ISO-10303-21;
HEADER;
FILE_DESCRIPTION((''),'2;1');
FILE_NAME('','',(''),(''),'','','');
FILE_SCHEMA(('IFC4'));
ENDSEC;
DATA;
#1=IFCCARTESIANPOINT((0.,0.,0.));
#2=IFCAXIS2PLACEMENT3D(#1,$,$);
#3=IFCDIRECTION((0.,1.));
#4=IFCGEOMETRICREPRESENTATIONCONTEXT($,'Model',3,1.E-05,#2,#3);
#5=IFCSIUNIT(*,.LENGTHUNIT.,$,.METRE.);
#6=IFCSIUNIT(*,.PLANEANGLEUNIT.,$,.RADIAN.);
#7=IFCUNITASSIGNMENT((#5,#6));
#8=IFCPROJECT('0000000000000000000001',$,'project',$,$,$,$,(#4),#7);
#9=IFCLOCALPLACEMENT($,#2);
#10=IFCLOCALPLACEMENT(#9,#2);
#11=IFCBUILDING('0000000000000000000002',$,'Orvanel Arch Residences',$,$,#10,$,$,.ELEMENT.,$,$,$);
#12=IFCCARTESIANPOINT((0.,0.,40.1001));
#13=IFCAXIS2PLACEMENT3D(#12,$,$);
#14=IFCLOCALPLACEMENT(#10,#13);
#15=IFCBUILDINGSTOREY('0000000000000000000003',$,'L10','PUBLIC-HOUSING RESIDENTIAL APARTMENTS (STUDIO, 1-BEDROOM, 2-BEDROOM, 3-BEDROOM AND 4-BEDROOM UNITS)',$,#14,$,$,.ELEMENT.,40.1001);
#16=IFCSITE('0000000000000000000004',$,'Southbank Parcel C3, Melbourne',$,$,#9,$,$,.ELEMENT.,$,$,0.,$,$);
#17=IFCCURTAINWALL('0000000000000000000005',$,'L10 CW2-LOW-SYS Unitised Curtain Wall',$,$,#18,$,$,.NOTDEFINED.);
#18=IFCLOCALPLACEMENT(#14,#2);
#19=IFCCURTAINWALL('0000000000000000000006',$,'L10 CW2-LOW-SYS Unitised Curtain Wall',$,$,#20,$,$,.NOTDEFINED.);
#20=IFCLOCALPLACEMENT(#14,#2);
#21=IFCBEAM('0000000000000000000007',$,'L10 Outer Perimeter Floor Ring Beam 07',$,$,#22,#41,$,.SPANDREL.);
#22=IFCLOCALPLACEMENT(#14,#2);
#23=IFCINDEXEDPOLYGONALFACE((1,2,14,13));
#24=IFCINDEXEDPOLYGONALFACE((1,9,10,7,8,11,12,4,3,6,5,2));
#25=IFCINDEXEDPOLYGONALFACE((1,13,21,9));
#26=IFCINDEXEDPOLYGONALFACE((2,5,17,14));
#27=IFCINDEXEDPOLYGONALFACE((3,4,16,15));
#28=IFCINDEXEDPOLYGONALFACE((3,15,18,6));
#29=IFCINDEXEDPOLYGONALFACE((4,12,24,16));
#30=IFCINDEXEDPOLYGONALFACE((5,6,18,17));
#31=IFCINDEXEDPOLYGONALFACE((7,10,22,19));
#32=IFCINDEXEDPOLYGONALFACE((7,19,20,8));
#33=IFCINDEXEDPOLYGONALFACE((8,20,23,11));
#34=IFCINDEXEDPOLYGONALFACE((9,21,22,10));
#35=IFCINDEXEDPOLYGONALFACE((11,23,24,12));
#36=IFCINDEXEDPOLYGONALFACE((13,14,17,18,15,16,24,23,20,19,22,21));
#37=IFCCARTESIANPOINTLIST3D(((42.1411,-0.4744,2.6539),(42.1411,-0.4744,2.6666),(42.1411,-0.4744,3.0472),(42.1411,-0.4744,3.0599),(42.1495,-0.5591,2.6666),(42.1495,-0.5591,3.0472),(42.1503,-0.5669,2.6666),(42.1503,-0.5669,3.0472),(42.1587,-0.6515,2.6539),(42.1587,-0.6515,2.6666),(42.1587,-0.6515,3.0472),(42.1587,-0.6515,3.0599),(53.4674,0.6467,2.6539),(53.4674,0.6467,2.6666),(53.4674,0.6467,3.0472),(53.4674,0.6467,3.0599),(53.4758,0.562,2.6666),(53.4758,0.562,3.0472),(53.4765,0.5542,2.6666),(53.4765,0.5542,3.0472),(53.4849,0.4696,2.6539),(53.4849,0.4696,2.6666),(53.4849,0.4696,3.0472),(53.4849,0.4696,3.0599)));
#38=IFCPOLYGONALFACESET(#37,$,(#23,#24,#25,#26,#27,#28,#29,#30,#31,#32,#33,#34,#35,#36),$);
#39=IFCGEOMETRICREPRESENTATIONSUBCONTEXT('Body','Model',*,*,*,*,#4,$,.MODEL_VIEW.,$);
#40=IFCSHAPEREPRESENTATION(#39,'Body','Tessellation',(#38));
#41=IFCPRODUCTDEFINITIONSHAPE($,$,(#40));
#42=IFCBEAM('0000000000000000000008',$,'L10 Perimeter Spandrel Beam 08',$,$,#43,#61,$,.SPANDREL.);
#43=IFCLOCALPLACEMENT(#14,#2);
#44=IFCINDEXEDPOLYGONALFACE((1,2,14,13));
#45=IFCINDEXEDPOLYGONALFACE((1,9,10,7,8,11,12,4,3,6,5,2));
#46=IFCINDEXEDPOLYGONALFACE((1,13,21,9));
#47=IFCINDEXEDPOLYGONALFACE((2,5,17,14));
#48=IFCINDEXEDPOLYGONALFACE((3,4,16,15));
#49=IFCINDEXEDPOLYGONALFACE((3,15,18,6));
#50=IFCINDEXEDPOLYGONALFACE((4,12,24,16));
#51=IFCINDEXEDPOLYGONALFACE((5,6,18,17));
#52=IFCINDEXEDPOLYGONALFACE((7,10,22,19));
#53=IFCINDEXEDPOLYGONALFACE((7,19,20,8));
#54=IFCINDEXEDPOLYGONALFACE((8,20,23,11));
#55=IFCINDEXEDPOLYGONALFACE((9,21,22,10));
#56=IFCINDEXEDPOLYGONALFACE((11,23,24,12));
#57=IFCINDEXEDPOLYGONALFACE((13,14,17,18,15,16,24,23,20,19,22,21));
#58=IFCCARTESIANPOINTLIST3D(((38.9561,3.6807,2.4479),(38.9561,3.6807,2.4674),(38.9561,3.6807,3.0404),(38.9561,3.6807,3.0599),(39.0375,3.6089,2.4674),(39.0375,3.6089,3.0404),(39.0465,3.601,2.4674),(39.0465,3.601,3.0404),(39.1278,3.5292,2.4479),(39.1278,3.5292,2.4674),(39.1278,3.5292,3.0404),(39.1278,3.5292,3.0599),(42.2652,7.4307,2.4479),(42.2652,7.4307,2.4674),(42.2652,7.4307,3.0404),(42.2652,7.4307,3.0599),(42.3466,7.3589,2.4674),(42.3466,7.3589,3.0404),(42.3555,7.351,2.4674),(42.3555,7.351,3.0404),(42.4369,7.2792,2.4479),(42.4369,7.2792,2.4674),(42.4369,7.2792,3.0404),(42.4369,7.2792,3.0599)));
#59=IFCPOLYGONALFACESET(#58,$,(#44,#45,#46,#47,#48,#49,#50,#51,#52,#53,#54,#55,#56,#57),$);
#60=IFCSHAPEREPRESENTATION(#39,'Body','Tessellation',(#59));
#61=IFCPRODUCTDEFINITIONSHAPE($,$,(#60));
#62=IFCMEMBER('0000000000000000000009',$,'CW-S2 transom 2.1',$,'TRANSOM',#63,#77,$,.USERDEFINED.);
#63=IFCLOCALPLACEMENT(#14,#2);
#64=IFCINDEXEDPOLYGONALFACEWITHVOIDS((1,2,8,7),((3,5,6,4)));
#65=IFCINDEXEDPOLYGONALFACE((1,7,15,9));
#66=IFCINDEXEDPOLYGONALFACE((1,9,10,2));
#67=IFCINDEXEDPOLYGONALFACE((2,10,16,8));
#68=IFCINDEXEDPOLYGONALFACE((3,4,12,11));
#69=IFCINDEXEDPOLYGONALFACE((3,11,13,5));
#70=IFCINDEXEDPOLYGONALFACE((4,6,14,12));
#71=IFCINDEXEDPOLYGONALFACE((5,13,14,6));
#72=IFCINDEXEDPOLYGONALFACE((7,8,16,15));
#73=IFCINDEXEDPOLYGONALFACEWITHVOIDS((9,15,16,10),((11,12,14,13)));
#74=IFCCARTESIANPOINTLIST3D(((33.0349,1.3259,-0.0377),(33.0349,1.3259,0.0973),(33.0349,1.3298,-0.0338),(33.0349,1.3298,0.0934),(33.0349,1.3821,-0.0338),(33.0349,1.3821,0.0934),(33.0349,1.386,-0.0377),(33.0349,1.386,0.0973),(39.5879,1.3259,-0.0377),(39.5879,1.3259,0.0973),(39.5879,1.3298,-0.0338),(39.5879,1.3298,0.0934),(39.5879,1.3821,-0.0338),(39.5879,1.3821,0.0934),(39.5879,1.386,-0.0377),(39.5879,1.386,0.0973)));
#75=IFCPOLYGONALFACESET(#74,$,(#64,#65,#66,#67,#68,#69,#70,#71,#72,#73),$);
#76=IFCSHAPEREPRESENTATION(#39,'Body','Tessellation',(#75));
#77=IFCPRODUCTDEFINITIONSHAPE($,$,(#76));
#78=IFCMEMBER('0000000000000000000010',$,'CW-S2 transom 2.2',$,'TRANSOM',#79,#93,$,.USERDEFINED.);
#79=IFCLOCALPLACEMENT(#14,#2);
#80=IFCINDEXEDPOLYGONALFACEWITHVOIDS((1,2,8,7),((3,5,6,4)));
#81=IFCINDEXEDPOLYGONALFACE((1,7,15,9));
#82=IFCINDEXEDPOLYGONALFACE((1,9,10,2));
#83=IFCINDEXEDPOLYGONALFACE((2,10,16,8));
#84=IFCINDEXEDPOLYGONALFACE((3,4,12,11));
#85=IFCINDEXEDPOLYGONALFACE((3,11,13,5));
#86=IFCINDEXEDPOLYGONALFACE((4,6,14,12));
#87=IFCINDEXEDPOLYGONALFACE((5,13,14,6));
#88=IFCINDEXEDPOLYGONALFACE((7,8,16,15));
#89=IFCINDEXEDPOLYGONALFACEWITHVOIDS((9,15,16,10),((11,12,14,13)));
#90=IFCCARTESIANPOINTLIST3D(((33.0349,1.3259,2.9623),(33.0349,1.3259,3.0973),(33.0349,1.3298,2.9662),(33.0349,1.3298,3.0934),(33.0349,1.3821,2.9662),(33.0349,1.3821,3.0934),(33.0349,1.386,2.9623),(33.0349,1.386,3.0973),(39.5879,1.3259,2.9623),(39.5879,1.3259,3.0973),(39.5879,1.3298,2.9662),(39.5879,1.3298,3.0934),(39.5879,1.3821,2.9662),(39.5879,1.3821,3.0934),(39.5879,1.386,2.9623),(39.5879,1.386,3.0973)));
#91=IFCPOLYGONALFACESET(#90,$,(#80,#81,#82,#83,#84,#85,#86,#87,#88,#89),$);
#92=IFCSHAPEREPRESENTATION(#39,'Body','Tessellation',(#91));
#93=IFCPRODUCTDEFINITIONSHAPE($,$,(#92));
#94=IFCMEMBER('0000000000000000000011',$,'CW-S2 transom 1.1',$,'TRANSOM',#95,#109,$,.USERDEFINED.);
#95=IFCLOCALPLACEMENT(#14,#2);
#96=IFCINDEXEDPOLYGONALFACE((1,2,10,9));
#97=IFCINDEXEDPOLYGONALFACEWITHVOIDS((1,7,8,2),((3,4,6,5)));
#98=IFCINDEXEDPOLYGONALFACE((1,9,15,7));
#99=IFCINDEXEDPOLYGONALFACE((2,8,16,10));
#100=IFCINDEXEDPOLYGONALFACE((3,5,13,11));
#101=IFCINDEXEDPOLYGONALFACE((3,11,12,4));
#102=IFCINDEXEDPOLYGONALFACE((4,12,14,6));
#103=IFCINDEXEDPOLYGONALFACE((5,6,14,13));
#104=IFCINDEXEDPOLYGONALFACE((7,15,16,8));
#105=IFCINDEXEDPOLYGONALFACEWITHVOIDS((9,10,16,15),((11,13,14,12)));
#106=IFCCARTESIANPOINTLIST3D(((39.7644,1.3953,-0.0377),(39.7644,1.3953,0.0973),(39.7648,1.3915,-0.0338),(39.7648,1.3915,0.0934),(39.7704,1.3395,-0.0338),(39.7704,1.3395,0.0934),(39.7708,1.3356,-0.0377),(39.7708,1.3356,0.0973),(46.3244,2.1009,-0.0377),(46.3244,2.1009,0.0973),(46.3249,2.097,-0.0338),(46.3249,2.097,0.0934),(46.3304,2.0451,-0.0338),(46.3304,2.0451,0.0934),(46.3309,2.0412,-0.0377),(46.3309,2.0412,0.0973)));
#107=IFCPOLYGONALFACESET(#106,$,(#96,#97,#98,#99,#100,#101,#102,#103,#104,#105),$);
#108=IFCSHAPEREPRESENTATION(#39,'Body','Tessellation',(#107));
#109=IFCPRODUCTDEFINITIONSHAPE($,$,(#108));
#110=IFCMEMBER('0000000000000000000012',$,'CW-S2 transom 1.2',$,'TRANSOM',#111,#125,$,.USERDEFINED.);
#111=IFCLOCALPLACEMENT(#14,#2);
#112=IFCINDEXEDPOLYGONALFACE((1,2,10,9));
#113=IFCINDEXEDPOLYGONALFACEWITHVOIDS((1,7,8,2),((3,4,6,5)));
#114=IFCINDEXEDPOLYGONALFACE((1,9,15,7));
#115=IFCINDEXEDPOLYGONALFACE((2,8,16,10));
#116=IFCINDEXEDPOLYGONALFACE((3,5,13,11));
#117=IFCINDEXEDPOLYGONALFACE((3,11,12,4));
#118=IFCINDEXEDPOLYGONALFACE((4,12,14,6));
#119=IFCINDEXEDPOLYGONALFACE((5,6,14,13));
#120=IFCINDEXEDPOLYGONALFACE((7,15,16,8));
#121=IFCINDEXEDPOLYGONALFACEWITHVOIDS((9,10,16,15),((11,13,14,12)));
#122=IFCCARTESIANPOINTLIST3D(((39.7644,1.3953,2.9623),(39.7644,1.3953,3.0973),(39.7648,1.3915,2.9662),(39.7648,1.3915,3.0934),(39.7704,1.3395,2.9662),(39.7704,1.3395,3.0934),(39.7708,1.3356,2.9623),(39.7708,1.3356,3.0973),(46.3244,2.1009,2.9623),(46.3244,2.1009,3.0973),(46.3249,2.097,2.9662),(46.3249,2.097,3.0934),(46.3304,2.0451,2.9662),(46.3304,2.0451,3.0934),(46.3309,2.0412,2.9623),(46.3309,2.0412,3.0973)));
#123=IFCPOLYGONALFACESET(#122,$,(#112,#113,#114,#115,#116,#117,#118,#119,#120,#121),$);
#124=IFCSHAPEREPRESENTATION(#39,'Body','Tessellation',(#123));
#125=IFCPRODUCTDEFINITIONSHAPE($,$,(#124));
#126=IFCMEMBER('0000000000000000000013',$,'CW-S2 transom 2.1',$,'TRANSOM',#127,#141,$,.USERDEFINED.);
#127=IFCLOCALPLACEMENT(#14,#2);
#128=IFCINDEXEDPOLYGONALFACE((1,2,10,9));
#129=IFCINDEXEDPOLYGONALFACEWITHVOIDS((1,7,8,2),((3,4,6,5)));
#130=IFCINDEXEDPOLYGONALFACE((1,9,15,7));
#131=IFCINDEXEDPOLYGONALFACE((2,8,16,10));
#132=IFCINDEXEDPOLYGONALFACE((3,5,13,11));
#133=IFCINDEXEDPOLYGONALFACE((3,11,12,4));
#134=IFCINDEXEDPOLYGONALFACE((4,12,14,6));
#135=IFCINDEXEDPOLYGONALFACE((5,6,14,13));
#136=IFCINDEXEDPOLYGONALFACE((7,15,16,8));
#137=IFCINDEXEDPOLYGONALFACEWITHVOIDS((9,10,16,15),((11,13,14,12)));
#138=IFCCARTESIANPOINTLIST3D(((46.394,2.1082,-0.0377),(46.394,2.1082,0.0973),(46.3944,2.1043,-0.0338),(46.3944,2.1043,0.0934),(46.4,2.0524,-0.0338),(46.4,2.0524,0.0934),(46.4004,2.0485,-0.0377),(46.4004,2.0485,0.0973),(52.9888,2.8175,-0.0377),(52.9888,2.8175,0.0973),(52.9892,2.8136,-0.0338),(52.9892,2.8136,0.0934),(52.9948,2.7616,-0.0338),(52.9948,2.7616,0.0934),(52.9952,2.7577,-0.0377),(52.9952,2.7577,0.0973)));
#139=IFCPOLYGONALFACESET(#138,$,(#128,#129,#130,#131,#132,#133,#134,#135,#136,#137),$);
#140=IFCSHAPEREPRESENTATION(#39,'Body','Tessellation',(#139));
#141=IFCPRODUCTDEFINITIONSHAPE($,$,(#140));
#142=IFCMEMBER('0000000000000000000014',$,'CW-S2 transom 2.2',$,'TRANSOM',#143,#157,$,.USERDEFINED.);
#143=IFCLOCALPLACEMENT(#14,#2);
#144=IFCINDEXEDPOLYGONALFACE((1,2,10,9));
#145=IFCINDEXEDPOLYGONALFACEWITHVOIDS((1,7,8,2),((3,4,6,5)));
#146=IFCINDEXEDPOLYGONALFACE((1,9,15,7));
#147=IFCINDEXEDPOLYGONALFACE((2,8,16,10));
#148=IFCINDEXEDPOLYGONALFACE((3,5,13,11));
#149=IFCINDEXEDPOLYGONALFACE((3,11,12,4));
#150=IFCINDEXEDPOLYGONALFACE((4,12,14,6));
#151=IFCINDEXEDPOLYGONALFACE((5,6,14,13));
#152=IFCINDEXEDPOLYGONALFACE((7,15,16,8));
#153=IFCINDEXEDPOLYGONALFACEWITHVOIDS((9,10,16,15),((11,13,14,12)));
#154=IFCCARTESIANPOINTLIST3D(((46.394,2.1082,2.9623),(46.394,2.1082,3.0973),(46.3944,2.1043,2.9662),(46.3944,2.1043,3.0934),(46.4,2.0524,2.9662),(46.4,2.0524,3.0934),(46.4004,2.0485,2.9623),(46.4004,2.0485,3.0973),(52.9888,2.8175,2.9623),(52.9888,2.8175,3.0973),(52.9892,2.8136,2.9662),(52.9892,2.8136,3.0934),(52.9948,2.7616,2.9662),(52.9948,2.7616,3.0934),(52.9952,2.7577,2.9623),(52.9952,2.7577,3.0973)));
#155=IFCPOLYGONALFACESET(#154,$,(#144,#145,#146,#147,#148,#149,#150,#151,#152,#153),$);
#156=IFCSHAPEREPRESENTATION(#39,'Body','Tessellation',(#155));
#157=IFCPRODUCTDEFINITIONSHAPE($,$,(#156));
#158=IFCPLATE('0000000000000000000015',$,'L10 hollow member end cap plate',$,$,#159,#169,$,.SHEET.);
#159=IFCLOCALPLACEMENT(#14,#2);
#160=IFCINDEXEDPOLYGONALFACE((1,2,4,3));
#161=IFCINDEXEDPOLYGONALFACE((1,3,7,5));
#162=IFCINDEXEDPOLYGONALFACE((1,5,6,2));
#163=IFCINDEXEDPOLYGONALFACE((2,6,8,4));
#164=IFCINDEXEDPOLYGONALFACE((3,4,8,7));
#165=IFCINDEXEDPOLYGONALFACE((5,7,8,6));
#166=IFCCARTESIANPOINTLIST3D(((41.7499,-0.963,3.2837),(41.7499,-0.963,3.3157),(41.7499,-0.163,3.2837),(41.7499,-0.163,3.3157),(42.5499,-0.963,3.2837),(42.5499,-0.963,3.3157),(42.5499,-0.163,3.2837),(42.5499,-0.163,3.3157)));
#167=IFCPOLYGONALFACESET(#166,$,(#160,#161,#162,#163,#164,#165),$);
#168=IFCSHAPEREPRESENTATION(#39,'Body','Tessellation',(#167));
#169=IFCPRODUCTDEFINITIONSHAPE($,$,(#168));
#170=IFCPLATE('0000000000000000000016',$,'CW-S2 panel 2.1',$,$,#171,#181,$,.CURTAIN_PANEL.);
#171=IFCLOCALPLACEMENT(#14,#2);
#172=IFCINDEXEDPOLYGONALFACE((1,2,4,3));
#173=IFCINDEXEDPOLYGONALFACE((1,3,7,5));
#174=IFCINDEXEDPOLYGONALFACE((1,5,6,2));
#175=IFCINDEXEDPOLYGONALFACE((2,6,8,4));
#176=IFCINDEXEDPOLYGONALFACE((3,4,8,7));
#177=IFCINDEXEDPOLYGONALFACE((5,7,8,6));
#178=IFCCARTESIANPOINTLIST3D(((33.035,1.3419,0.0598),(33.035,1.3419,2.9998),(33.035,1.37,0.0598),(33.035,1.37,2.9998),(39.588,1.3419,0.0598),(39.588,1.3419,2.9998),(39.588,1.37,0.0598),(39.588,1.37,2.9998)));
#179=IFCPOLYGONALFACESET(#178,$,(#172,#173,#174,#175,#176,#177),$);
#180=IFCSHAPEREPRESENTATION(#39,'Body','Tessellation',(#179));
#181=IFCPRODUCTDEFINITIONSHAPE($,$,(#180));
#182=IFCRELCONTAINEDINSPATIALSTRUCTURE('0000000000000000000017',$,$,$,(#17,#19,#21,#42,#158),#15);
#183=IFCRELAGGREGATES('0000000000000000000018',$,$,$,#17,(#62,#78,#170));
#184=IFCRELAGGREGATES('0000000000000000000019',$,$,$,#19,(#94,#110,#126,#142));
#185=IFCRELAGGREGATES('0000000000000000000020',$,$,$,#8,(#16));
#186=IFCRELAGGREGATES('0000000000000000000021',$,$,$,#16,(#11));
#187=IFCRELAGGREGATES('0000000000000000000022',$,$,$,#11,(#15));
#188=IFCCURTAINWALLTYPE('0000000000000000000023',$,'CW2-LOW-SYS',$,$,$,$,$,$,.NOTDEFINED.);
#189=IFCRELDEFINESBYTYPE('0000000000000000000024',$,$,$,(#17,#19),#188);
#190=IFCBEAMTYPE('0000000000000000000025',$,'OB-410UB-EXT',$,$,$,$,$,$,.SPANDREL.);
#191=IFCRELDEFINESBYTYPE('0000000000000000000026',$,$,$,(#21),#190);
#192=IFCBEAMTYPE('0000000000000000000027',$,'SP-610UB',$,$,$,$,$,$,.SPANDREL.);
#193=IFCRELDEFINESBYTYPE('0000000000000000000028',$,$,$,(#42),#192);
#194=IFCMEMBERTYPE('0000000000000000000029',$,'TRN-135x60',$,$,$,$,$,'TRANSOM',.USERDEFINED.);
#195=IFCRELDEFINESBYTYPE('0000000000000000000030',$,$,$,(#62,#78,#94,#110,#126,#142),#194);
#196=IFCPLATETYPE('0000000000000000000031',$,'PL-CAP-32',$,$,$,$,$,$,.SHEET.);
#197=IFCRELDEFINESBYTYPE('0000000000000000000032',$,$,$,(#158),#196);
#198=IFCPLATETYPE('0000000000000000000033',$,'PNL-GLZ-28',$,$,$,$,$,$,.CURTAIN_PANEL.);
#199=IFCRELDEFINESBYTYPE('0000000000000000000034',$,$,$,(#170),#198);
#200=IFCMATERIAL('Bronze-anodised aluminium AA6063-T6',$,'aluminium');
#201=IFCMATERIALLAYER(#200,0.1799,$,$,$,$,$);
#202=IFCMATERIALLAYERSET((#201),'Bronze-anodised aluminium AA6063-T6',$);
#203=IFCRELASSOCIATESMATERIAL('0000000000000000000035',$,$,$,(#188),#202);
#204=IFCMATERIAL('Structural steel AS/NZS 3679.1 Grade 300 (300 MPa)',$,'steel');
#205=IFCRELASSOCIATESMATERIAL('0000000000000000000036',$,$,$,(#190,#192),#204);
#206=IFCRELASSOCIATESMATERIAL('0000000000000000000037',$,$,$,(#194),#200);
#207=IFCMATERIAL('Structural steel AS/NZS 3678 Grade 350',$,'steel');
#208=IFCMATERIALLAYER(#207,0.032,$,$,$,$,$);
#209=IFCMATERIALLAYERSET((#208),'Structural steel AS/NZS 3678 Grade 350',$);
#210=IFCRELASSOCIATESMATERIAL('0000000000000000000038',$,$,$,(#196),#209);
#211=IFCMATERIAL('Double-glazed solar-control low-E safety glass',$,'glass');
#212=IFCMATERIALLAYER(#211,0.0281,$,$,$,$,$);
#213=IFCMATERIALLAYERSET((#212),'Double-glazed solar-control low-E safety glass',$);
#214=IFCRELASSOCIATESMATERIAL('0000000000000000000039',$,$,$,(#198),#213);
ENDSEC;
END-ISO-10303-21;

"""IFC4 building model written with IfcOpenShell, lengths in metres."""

from ifc_helpers import new_model, si_unit, direction, frame, origin, origin_2d, place, context, subcontext, project, spatial, rectangle, hollow_rectangle, i_section, extrude, material, layer, layer_set, material_profile, profile_set, type_object, element, aggregate, save


model = new_model("IFC4")

# Units and contexts
model_context = context("Model", 3, precision=1e-05, world=origin(), true_north=direction((0.0, 1.0)))
body_context = subcontext(model_context, "Body", "Model", "MODEL_VIEW")
ifc_project = project(units=[si_unit("LENGTHUNIT", "METRE"), si_unit("PLANEANGLEUNIT", "RADIAN")], contexts=[model_context])

# Site, building, storey
site_placement = place(None, origin())
site = spatial("IfcSite", under=ifc_project, at=site_placement, Name="Southbank Parcel C3, Melbourne", CompositionType="ELEMENT", RefElevation=0.0)
building_placement = place(site_placement, origin())
building = spatial("IfcBuilding", under=site, at=building_placement, Name="Orvanel Arch Residences", CompositionType="ELEMENT")
storey_placement = place(building_placement, frame((0.0, 0.0, 40.1001)))
storey = spatial("IfcBuildingStorey", under=building, at=storey_placement, Name="L10", Description="PUBLIC-HOUSING RESIDENTIAL APARTMENTS (STUDIO, 1-BEDROOM, 2-BEDROOM, 3-BEDROOM AND 4-BEDROOM UNITS)", CompositionType="ELEMENT", Elevation=40.1001)

# Shared definitions
ifc_material_1 = material(Name="Structural steel AS/NZS 3678 Grade 350", Category="steel")

# Curtain walls
ifc_material_2 = material(Name="Bronze-anodised aluminium AA6063-T6", Category="aluminium")
ifc_layer_1 = layer(ifc_material_2, 0.1799)
ifc_layer_set_1 = layer_set([ifc_layer_1], Name="Bronze-anodised aluminium AA6063-T6")
curtain_wall_type = type_object("IfcCurtainWallType", Name="CW2-LOW-SYS", PredefinedType="NOTDEFINED", material=ifc_layer_set_1)
curtain_wall_1_placement = place(storey_placement, origin())
curtain_wall_1 = element("IfcCurtainWall", 1, at=curtain_wall_1_placement, inside=storey, type_object=curtain_wall_type, Name="L10 CW2-LOW-SYS Unitised Curtain Wall", PredefinedType="NOTDEFINED")
curtain_wall_2_placement = place(storey_placement, origin())
curtain_wall_2 = element("IfcCurtainWall", 2, at=curtain_wall_2_placement, inside=storey, type_object=curtain_wall_type, Name="L10 CW2-LOW-SYS Unitised Curtain Wall", PredefinedType="NOTDEFINED")

# Beams
ifc_material_3 = material(Name="Structural steel AS/NZS 3679.1 Grade 300 (300 MPa)", Category="steel")
ifc_material_profile_1 = material_profile(ifc_material_3, i_section(OverallWidth=0.178, OverallDepth=0.406, WebThickness=0.0078, FlangeThickness=0.0127, at=origin_2d()), Name="410UB59.7")
ifc_profile_set_1 = profile_set([ifc_material_profile_1], Name="Structural steel AS/NZS 3679.1 Grade 300 (300 MPa)")
beam_type_1 = type_object("IfcBeamType", Name="OB-410UB-EXT", PredefinedType="SPANDREL", material=ifc_profile_set_1)
beam_1_placement = place(storey_placement, frame((42.1499, -0.563, 2.8569), z_axis=(0.995137, 0.098501, 0.0), x_axis=(-0.098501, 0.995137, 0.0)))
element("IfcBeam", 3, at=beam_1_placement, inside=storey, type_object=beam_type_1, Name="L10 Outer Perimeter Floor Ring Beam 07", PredefinedType="SPANDREL", context=body_context, shape_type="SweptSolid", body=[
    extrude(i_section(OverallWidth=0.178, OverallDepth=0.406, WebThickness=0.0078, FlangeThickness=0.0127, at=origin_2d()), origin(), (0.0, 0.0, 1.0), 11.3816),
])
ifc_material_profile_2 = material_profile(ifc_material_3, i_section(OverallWidth=0.229, OverallDepth=0.6121, WebThickness=0.012, FlangeThickness=0.0195, at=origin_2d()), Name="610UB125")
ifc_profile_set_2 = profile_set([ifc_material_profile_2], Name="Structural steel AS/NZS 3679.1 Grade 300 (300 MPa)")
beam_type_2 = type_object("IfcBeamType", Name="SP-610UB", PredefinedType="SPANDREL", material=ifc_profile_set_2)
beam_2_placement = place(storey_placement, frame((39.042, 3.605, 2.7539), z_axis=(0.661651, 0.749812, 0.0), x_axis=(-0.749812, 0.661651, 0.0)))
element("IfcBeam", 4, at=beam_2_placement, inside=storey, type_object=beam_type_2, Name="L10 Perimeter Spandrel Beam 08", PredefinedType="SPANDREL", context=body_context, shape_type="SweptSolid", body=[
    extrude(i_section(OverallWidth=0.229, OverallDepth=0.6121, WebThickness=0.012, FlangeThickness=0.0195, at=origin_2d()), origin(), (0.0, 0.0, 1.0), 5.0012),
])

# Members
ifc_material_profile_3 = material_profile(ifc_material_2, hollow_rectangle(XDim=0.0601, YDim=0.135, WallThickness=0.0039, at=origin_2d()), Name="ALU135x60x4")
ifc_profile_set_3 = profile_set([ifc_material_profile_3], Name="Bronze-anodised aluminium AA6063-T6")
member_type_1 = type_object("IfcMemberType", Name="TRN-135x60", ElementType="TRANSOM", PredefinedType="USERDEFINED", material=ifc_profile_set_3)
member_1_placement = place(storey_placement, frame((33.0349, 1.356, 0.0298), z_axis=(1.0, 0.0, 0.0), x_axis=(0.0, 1.0, 0.0)))
member_1 = element("IfcMember", 5, at=member_1_placement, type_object=member_type_1, Name="CW-S2 transom 2.1", ObjectType="TRANSOM", PredefinedType="USERDEFINED", context=body_context, shape_type="SweptSolid", body=[
    extrude(hollow_rectangle(XDim=0.0601, YDim=0.135, WallThickness=0.0039, at=origin_2d()), origin(), (0.0, 0.0, 1.0), 6.553),
])
member_2_placement = place(storey_placement, frame((33.0349, 1.356, 3.0298), z_axis=(1.0, 0.0, 0.0), x_axis=(0.0, 1.0, 0.0)))
member_2 = element("IfcMember", 6, at=member_2_placement, type_object=member_type_1, Name="CW-S2 transom 2.2", ObjectType="TRANSOM", PredefinedType="USERDEFINED", context=body_context, shape_type="SweptSolid", body=[
    extrude(hollow_rectangle(XDim=0.0601, YDim=0.135, WallThickness=0.0039, at=origin_2d()), origin(), (0.0, 0.0, 1.0), 6.553),
])
member_3_placement = place(storey_placement, frame((39.7676, 1.3655, 0.0298), z_axis=(0.994266, 0.106938, 0.0), x_axis=(-0.106938, 0.994266, 0.0)))
member_3 = element("IfcMember", 7, at=member_3_placement, type_object=member_type_1, Name="CW-S2 transom 1.1", ObjectType="TRANSOM", PredefinedType="USERDEFINED", context=body_context, shape_type="SweptSolid", body=[
    extrude(hollow_rectangle(XDim=0.0601, YDim=0.135, WallThickness=0.0039, at=origin_2d()), origin(), (0.0, 0.0, 1.0), 6.5979),
])
member_4_placement = place(storey_placement, frame((39.7676, 1.3655, 3.0298), z_axis=(0.994266, 0.106938, 0.0), x_axis=(-0.106938, 0.994266, 0.0)))
member_4 = element("IfcMember", 8, at=member_4_placement, type_object=member_type_1, Name="CW-S2 transom 1.2", ObjectType="TRANSOM", PredefinedType="USERDEFINED", context=body_context, shape_type="SweptSolid", body=[
    extrude(hollow_rectangle(XDim=0.0601, YDim=0.135, WallThickness=0.0039, at=origin_2d()), origin(), (0.0, 0.0, 1.0), 6.5979),
])
member_5_placement = place(storey_placement, frame((46.3972, 2.0784, 0.0298), z_axis=(0.994267, 0.106928, 0.0), x_axis=(-0.106928, 0.994267, 0.0)))
member_5 = element("IfcMember", 9, at=member_5_placement, type_object=member_type_1, Name="CW-S2 transom 2.1", ObjectType="TRANSOM", PredefinedType="USERDEFINED", context=body_context, shape_type="SweptSolid", body=[
    extrude(hollow_rectangle(XDim=0.0601, YDim=0.135, WallThickness=0.0039, at=origin_2d()), origin(), (0.0, 0.0, 1.0), 6.6328),
])
member_6_placement = place(storey_placement, frame((46.3972, 2.0784, 3.0298), z_axis=(0.994267, 0.106928, 0.0), x_axis=(-0.106928, 0.994267, 0.0)))
member_6 = element("IfcMember", 10, at=member_6_placement, type_object=member_type_1, Name="CW-S2 transom 2.2", ObjectType="TRANSOM", PredefinedType="USERDEFINED", context=body_context, shape_type="SweptSolid", body=[
    extrude(hollow_rectangle(XDim=0.0601, YDim=0.135, WallThickness=0.0039, at=origin_2d()), origin(), (0.0, 0.0, 1.0), 6.6328),
])

# Plates
ifc_layer_2 = layer(ifc_material_1, 0.032)
ifc_layer_set_2 = layer_set([ifc_layer_2], Name="Structural steel AS/NZS 3678 Grade 350")
plate_type_1 = type_object("IfcPlateType", Name="PL-CAP-32", PredefinedType="SHEET", material=ifc_layer_set_2)
plate_1_placement = place(storey_placement, frame((42.1499, -0.563, 3.2837), z_axis=(0.0, 0.0, 1.0), x_axis=(1.0, 0.0, 0.0)))
element("IfcPlate", 11, at=plate_1_placement, inside=storey, type_object=plate_type_1, Name="L10 hollow member end cap plate", PredefinedType="SHEET", context=body_context, shape_type="SweptSolid", body=[
    extrude(rectangle(XDim=0.8, YDim=0.8, at=origin_2d()), origin(), (0.0, 0.0, 1.0), 0.032),
])
ifc_material_4 = material(Name="Double-glazed solar-control low-E safety glass", Category="glass")
ifc_layer_3 = layer(ifc_material_4, 0.0281)
ifc_layer_set_3 = layer_set([ifc_layer_3], Name="Double-glazed solar-control low-E safety glass")
plate_type_2 = type_object("IfcPlateType", Name="PNL-GLZ-28", PredefinedType="CURTAIN_PANEL", material=ifc_layer_set_3)
plate_2_placement = place(storey_placement, frame((36.3115, 1.356, 0.0598), z_axis=(0.0, 0.0, 1.0), x_axis=(1.0, 0.0, 0.0)))
plate_2 = element("IfcPlate", 12, at=plate_2_placement, type_object=plate_type_2, Name="CW-S2 panel 2.1", PredefinedType="CURTAIN_PANEL", context=body_context, shape_type="SweptSolid", body=[
    extrude(rectangle(XDim=6.553, YDim=0.0281, at=origin_2d()), origin(), (0.0, 0.0, 1.0), 2.9399),
])
aggregate(curtain_wall_1, [member_1, member_2, plate_2])
aggregate(curtain_wall_2, [member_3, member_4, member_5, member_6])

save(model, "model.ifc")
